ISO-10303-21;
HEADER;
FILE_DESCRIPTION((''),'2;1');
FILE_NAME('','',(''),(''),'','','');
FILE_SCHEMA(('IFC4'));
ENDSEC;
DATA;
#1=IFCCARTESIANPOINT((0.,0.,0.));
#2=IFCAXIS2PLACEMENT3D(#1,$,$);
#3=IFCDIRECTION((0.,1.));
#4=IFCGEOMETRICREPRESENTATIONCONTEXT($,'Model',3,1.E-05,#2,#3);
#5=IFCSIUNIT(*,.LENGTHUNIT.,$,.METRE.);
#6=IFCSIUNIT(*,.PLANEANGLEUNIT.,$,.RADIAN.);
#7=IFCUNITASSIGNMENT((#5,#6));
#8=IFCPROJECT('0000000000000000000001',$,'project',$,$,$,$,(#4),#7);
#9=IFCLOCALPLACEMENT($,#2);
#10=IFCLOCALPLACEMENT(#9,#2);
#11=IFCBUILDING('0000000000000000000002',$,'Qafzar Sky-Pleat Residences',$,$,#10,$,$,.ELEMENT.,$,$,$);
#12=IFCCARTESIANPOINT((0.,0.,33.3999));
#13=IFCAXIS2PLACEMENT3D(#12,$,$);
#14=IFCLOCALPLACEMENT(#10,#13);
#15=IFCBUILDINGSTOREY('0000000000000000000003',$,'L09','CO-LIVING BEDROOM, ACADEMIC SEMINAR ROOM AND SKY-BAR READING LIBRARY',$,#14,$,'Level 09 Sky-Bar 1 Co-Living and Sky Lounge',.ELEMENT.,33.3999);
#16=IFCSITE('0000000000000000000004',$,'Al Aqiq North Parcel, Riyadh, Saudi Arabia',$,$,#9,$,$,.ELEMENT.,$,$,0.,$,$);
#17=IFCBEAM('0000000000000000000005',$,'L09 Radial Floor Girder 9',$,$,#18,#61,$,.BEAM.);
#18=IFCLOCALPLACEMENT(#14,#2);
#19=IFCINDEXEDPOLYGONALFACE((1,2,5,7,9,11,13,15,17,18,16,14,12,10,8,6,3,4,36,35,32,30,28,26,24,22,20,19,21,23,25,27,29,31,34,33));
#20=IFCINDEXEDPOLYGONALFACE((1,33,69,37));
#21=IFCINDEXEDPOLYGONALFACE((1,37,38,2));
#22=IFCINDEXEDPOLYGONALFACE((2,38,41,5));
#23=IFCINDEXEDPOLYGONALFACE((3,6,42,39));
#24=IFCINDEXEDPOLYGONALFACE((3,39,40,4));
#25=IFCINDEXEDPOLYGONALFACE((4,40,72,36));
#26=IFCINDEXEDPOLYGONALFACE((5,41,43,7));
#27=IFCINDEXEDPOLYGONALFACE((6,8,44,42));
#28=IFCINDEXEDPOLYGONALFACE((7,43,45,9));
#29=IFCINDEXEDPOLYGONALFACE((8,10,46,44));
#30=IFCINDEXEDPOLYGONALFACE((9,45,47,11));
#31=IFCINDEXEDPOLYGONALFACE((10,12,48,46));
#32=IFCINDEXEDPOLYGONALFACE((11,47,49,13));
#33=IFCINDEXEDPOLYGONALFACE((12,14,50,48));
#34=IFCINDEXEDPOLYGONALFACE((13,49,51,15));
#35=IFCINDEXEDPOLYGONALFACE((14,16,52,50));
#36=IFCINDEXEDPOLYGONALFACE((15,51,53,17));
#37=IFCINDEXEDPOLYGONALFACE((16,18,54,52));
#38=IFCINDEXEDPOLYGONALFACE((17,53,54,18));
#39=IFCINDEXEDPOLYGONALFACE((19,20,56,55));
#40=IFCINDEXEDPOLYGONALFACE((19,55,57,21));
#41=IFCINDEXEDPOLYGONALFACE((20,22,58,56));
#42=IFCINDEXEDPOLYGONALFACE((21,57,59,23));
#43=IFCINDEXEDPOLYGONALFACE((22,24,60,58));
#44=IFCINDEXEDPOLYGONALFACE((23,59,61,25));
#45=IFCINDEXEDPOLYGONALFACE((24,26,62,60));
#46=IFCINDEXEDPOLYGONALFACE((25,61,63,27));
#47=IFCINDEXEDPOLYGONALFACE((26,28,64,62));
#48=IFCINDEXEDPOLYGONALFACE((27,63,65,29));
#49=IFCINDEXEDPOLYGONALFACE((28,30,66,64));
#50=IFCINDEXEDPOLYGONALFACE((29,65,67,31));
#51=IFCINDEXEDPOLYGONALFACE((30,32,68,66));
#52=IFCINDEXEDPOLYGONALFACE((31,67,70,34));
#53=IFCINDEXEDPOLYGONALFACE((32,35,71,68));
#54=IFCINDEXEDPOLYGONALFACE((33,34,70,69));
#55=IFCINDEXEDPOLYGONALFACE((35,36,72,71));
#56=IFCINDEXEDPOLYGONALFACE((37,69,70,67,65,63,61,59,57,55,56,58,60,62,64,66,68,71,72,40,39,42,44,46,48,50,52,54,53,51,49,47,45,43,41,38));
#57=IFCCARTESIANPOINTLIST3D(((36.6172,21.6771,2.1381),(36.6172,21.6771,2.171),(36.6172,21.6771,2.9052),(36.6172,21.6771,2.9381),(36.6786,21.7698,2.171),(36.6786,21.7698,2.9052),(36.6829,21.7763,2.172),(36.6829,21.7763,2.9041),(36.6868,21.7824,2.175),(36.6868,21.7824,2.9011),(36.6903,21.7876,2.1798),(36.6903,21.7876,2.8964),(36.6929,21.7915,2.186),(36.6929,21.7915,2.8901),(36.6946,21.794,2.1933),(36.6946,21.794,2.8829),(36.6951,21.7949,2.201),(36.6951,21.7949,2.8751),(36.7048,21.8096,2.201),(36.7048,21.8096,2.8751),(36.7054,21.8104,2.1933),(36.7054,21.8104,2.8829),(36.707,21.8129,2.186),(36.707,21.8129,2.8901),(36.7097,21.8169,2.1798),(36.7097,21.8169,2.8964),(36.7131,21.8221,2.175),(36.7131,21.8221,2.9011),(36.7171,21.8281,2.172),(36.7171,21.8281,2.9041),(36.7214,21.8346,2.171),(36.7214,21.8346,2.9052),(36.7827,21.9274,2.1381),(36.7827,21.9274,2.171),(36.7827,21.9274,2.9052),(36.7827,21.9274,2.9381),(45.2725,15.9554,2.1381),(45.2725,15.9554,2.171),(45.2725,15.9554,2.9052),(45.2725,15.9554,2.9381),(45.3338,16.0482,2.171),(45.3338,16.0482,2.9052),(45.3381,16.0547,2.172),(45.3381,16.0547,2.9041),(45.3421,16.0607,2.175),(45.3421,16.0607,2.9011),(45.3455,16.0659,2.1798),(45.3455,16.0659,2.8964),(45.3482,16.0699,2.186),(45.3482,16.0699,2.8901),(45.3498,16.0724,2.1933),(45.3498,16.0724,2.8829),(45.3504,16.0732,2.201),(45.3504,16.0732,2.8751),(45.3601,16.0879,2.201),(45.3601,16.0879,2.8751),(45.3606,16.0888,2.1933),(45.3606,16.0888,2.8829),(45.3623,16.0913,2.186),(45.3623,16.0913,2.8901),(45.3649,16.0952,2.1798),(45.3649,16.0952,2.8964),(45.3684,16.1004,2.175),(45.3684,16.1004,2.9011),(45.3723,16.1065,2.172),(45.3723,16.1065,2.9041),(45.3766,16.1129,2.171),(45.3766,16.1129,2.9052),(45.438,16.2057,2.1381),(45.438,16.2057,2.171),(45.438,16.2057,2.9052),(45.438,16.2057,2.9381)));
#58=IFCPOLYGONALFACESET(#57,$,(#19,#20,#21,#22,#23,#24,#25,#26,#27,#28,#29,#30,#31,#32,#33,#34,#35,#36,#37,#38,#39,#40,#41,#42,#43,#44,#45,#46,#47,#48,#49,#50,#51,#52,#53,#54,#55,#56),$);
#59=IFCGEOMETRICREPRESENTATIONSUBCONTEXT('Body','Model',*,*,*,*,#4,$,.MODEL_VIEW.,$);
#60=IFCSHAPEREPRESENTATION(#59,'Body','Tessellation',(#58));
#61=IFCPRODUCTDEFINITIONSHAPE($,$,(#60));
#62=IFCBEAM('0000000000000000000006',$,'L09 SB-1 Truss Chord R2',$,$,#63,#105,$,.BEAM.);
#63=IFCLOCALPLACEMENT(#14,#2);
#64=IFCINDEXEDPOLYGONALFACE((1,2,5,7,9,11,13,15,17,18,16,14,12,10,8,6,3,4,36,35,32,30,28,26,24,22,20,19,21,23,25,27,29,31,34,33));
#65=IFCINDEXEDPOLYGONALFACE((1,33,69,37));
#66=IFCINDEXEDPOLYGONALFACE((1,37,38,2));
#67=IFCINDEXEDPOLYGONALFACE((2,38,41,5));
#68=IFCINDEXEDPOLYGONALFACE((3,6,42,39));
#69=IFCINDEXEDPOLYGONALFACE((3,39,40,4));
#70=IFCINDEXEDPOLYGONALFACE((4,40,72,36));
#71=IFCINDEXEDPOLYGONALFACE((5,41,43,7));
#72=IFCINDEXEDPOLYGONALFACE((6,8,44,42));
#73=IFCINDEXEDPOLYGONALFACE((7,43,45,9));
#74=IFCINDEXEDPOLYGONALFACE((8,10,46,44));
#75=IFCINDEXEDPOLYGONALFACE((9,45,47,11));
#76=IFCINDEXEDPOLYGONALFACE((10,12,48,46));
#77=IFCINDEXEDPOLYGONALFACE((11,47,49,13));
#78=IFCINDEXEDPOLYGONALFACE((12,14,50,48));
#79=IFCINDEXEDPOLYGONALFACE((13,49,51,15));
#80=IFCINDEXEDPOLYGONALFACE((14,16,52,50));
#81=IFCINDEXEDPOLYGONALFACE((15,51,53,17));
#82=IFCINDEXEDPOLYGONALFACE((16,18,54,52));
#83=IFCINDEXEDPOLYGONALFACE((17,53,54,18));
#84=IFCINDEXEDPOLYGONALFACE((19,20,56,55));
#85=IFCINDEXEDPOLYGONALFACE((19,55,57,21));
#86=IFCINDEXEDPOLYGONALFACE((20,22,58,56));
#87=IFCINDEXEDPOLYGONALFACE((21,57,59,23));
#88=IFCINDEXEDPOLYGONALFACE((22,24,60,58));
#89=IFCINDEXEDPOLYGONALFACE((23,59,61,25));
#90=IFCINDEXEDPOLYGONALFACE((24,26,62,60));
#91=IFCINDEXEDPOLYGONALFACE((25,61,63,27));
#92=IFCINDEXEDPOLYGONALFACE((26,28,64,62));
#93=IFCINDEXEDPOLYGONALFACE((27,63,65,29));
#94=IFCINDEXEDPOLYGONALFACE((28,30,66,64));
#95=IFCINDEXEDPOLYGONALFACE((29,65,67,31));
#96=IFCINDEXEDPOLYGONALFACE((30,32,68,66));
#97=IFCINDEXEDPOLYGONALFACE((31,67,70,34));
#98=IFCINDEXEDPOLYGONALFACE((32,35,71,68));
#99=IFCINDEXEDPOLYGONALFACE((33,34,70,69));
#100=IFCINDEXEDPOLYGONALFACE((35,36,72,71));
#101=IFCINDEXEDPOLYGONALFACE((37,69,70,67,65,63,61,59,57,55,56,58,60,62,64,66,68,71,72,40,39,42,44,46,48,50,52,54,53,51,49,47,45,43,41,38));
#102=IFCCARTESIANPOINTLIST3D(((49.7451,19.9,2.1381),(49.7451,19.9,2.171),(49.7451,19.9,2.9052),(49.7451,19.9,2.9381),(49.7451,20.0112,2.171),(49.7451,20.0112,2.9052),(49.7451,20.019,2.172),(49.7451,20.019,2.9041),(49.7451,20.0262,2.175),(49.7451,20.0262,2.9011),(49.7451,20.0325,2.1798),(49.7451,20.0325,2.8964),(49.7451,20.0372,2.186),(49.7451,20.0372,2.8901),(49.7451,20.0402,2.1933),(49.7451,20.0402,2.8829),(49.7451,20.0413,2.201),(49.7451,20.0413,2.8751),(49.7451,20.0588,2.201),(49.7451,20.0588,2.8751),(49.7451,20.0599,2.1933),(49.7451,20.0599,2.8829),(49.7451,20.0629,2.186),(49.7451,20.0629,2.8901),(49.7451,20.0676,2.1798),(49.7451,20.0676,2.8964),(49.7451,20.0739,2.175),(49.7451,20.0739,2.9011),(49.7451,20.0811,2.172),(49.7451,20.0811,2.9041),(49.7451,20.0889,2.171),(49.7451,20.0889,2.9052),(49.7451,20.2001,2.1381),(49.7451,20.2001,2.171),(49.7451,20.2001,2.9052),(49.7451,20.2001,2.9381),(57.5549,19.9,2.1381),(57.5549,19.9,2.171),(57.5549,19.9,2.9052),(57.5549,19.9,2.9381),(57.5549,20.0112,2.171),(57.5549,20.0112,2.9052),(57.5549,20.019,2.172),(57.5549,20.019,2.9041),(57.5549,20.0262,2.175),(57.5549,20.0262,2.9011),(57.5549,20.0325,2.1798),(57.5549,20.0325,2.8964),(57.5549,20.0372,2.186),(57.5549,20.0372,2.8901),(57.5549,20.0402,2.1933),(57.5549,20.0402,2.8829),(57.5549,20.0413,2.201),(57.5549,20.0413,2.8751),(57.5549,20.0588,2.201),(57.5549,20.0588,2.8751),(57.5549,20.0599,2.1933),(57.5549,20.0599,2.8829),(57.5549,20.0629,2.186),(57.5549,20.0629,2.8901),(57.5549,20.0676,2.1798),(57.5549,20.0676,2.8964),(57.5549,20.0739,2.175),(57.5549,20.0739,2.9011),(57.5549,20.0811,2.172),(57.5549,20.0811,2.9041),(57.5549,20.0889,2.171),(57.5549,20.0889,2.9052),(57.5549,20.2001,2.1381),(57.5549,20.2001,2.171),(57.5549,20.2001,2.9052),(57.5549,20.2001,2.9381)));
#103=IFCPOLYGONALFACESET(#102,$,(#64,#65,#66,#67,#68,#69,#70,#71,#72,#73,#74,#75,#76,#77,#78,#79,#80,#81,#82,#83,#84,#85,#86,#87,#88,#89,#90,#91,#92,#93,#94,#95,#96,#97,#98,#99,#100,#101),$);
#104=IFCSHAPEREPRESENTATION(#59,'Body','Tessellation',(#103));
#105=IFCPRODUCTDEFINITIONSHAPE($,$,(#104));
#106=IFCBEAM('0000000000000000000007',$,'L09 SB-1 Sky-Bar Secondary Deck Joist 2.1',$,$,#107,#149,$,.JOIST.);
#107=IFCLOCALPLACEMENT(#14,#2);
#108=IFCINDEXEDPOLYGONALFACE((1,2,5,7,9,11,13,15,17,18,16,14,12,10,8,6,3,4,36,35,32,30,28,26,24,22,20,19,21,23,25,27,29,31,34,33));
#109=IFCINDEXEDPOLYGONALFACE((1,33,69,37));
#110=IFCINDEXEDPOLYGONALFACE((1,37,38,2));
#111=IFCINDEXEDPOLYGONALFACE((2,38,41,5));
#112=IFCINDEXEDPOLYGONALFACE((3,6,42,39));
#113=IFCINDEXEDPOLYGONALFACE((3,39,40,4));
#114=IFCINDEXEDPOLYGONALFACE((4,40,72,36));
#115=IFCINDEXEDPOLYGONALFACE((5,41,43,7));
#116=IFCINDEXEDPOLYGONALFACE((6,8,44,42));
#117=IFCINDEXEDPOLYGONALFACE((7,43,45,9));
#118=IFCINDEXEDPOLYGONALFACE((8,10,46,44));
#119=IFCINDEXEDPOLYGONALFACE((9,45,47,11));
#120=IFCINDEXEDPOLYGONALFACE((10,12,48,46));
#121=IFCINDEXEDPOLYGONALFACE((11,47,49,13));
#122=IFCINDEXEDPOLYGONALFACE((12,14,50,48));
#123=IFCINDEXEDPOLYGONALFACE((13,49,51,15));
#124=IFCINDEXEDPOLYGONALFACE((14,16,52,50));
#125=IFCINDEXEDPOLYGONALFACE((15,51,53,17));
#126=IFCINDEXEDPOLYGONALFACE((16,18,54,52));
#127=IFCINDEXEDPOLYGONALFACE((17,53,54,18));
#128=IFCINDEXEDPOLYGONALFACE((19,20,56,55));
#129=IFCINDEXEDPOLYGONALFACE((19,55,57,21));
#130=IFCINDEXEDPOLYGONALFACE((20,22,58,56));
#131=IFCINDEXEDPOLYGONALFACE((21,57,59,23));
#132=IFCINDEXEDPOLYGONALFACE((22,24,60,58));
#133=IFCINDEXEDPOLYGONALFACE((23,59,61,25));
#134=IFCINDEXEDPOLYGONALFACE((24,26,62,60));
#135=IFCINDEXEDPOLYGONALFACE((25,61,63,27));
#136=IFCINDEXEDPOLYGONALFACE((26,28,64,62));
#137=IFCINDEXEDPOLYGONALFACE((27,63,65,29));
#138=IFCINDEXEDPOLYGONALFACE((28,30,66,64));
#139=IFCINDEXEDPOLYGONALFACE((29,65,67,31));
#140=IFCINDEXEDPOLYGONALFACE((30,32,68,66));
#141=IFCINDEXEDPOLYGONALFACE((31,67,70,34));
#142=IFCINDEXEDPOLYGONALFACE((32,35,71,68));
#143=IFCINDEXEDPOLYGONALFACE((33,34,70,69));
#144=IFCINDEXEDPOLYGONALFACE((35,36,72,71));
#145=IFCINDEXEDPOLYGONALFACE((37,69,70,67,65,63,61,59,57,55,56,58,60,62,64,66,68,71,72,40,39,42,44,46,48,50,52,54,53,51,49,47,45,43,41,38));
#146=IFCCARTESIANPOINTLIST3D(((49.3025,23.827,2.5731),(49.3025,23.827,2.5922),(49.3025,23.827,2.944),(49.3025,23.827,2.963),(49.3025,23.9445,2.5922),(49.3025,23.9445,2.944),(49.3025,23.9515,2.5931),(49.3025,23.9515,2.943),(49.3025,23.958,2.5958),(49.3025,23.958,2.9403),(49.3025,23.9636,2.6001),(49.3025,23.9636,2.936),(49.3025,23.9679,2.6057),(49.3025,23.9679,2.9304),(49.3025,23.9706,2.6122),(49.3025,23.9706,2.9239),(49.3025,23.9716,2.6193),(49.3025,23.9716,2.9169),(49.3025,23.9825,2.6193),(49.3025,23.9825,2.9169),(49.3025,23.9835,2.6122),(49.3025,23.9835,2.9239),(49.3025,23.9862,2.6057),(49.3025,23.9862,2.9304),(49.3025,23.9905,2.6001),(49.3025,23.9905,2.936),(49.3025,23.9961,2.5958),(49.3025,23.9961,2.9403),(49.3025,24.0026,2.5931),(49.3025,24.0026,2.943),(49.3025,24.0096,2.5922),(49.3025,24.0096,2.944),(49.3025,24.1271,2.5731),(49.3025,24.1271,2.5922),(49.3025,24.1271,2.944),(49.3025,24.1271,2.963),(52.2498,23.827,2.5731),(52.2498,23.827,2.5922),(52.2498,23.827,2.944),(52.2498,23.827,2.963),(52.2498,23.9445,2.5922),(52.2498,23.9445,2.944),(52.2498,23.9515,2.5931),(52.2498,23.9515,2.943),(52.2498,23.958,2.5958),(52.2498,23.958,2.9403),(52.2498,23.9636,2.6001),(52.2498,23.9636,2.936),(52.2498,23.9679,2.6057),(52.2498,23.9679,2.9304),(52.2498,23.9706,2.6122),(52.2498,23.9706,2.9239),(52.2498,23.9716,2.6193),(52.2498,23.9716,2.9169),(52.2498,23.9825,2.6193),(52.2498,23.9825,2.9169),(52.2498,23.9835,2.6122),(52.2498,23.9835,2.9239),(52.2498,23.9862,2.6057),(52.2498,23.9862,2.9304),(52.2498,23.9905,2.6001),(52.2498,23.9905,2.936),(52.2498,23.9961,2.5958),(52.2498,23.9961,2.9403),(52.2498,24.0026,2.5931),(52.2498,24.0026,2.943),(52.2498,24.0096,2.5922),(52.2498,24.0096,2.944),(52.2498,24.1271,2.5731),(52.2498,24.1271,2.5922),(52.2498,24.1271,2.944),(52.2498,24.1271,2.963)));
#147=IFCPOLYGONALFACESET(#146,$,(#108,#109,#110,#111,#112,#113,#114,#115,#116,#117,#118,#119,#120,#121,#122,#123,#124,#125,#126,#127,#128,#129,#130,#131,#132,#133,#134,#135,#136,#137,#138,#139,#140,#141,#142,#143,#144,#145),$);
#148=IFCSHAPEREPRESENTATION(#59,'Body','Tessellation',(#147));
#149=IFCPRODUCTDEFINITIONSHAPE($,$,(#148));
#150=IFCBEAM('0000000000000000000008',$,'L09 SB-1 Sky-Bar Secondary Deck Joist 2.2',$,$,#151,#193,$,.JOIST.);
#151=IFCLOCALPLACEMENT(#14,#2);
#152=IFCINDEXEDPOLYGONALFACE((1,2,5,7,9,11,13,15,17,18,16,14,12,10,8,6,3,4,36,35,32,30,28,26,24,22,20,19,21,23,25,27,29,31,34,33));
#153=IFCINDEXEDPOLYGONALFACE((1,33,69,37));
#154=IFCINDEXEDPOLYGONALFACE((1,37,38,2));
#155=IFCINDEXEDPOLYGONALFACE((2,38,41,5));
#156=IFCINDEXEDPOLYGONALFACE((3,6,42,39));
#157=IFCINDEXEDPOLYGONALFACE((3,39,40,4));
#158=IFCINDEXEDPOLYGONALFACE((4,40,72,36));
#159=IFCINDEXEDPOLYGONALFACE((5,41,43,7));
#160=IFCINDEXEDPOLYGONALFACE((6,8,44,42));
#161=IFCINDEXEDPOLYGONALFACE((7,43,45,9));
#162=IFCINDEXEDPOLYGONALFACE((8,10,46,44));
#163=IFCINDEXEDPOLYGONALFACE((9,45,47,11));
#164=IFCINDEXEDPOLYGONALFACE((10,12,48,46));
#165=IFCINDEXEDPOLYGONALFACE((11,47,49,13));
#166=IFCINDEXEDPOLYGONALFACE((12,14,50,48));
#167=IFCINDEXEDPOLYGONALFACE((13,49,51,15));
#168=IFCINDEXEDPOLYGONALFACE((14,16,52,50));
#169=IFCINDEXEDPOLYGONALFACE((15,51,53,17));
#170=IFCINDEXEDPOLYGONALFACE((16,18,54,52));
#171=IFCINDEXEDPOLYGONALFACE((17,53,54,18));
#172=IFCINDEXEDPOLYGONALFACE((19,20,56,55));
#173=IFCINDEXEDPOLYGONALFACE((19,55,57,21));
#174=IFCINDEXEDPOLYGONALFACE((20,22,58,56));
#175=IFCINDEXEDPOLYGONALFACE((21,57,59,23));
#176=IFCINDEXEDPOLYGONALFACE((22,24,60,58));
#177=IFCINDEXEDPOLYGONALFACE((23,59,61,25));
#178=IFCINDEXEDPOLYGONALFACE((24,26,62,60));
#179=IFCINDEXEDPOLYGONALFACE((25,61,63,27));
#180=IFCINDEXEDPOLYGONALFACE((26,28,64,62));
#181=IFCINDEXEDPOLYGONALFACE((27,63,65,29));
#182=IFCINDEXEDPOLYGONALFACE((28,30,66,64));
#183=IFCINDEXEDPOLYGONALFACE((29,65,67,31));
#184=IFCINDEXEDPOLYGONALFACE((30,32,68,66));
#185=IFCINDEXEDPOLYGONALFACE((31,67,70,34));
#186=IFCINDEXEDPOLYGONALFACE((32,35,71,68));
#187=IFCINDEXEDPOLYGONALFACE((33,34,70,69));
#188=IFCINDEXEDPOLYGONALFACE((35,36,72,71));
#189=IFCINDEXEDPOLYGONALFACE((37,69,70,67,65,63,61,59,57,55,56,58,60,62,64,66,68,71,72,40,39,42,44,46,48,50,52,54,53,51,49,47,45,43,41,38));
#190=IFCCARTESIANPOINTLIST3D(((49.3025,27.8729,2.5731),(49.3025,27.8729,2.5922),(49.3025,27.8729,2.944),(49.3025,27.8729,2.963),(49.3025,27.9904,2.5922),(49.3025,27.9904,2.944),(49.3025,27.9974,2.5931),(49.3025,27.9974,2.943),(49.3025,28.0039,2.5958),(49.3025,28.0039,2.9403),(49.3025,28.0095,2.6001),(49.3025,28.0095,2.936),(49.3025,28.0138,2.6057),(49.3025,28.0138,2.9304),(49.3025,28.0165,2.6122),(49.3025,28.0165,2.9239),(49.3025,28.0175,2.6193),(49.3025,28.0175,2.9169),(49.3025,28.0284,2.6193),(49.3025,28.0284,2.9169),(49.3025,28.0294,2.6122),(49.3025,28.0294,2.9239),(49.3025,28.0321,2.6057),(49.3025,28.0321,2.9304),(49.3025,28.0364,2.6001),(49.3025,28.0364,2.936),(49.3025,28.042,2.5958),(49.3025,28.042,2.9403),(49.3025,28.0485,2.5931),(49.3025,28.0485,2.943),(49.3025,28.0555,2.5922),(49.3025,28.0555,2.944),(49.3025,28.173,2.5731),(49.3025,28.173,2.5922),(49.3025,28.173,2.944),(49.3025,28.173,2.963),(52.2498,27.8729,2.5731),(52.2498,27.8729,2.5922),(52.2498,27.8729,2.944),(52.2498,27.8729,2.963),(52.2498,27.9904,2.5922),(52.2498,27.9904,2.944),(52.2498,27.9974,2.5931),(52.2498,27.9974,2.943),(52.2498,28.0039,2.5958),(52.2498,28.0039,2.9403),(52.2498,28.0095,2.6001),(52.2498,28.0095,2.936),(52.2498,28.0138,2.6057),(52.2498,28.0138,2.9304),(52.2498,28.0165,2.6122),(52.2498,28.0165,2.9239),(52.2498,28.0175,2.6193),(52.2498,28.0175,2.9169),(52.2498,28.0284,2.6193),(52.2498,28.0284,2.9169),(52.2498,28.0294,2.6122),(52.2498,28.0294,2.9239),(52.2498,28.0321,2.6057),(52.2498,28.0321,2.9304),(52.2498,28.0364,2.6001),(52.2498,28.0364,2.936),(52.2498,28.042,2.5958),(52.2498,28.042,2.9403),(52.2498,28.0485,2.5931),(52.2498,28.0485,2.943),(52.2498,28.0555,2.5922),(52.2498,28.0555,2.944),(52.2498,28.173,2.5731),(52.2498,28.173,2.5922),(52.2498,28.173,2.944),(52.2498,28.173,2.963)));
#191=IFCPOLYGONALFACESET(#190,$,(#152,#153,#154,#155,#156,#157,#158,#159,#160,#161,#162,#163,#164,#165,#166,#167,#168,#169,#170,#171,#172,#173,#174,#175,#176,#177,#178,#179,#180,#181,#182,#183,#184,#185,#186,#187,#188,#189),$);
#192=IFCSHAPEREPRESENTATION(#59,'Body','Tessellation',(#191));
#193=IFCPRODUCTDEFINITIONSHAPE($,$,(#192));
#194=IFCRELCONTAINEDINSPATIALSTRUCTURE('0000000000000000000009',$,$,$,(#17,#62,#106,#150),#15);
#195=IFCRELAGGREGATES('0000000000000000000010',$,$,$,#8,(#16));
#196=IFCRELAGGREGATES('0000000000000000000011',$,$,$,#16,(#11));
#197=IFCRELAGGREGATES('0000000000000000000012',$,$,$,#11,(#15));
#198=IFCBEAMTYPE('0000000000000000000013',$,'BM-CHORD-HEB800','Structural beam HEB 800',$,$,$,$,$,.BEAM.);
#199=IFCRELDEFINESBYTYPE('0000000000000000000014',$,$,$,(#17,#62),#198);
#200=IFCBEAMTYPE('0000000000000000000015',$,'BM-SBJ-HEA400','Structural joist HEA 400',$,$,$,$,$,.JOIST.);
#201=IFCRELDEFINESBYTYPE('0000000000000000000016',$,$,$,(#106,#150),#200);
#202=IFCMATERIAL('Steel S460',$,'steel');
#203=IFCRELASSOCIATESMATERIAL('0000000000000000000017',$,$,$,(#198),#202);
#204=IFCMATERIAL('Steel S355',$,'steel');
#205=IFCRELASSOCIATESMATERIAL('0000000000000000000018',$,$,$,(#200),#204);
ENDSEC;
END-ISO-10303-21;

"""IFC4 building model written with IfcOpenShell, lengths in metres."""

from ifc_helpers import new_model, si_unit, direction, frame, origin, origin_2d, place, context, subcontext, project, spatial, i_section, extrude, source, transform, mapped, material, material_profile, profile_set, type_object, element, save


model = new_model("IFC4")

# Units and contexts
model_context = context("Model", 3, precision=1e-05, world=origin(), true_north=direction((0.0, 1.0)))
body_context = subcontext(model_context, "Body", "Model", "MODEL_VIEW")
ifc_project = project(units=[si_unit("LENGTHUNIT", "METRE"), si_unit("PLANEANGLEUNIT", "RADIAN")], contexts=[model_context])

# Site, building, storey
site_placement = place(None, origin())
site = spatial("IfcSite", under=ifc_project, at=site_placement, Name="Al Aqiq North Parcel, Riyadh, Saudi Arabia", CompositionType="ELEMENT", RefElevation=0.0)
building_placement = place(site_placement, origin())
building = spatial("IfcBuilding", under=site, at=building_placement, Name="Qafzar Sky-Pleat Residences", CompositionType="ELEMENT")
storey_placement = place(building_placement, frame((0.0, 0.0, 33.3999)))
storey = spatial("IfcBuildingStorey", under=building, at=storey_placement, Name="L09", Description="CO-LIVING BEDROOM, ACADEMIC SEMINAR ROOM AND SKY-BAR READING LIBRARY", LongName="Level 09 Sky-Bar 1 Co-Living and Sky Lounge", CompositionType="ELEMENT", Elevation=33.3999)

# Shared definitions
ifc_material_1 = material(Name="Steel S460", Category="steel")

# Beams
ifc_material_2 = material(Name="Steel S355", Category="steel")
ifc_material_profile_1 = material_profile(ifc_material_1, i_section(OverallWidth=0.3, OverallDepth=0.8, WebThickness=0.0176, FlangeThickness=0.033, FilletRadius=0.03, at=origin_2d()), Name="HEB 800")
ifc_profile_set_1 = profile_set([ifc_material_profile_1], Name="Steel S460")
beam_type_1 = type_object("IfcBeamType", Name="BM-CHORD-HEB800", Description="Structural beam HEB 800", PredefinedType="BEAM", material=ifc_profile_set_1)
shared_shape_1 = source(origin(), body_context, "Body", "SweptSolid", [
    extrude(i_section(OverallWidth=0.3, OverallDepth=0.8, WebThickness=0.0176, FlangeThickness=0.033, FilletRadius=0.03, at=origin_2d()), origin(), (0.0, 0.0, 1.0), 10.3755),
])
beam_1_placement = place(storey_placement, frame((45.3552, 16.0806, 2.5381), z_axis=(-0.834202, 0.55146, 0.0), x_axis=(-0.55146, -0.834202, 0.0)))
element("IfcBeam", 1, at=beam_1_placement, inside=storey, type_object=beam_type_1, Name="L09 Radial Floor Girder 9", PredefinedType="BEAM", context=body_context, shape_type="MappedRepresentation", body=[
    mapped(shared_shape_1, transform((0.0, 0.0, 0.0), x_axis=(1.0, 0.0, 0.0), y_axis=(0.0, 1.0, 0.0), z_axis=(0.0, 0.0, 1.0), scale=1.0)),
])
shared_shape_2 = source(origin(), body_context, "Body", "SweptSolid", [
    extrude(i_section(OverallWidth=0.3, OverallDepth=0.8, WebThickness=0.0176, FlangeThickness=0.033, FilletRadius=0.03, at=origin_2d()), origin(), (0.0, 0.0, 1.0), 7.8098),
])
beam_2_placement = place(storey_placement, frame((49.7451, 20.05, 2.5381), z_axis=(1.0, 0.0, 0.0), x_axis=(0.0, 1.0, 0.0)))
element("IfcBeam", 2, at=beam_2_placement, inside=storey, type_object=beam_type_1, Name="L09 SB-1 Truss Chord R2", PredefinedType="BEAM", context=body_context, shape_type="MappedRepresentation", body=[
    mapped(shared_shape_2, transform((0.0, 0.0, 0.0), x_axis=(1.0, 0.0, 0.0), y_axis=(0.0, 1.0, 0.0), z_axis=(0.0, 0.0, 1.0), scale=1.0)),
])
ifc_material_profile_2 = material_profile(ifc_material_2, i_section(OverallWidth=0.3, OverallDepth=0.3899, WebThickness=0.011, FlangeThickness=0.019, FilletRadius=0.0271, at=origin_2d()), Name="HEA 400")
ifc_profile_set_2 = profile_set([ifc_material_profile_2], Name="Steel S355")
beam_type_2 = type_object("IfcBeamType", Name="BM-SBJ-HEA400", Description="Structural joist HEA 400", PredefinedType="JOIST", material=ifc_profile_set_2)
shared_shape_3 = source(origin(), body_context, "Body", "SweptSolid", [
    extrude(i_section(OverallWidth=0.3, OverallDepth=0.3899, WebThickness=0.011, FlangeThickness=0.019, FilletRadius=0.0271, at=origin_2d()), origin(), (0.0, 0.0, 1.0), 2.9473),
])
for number, where, z_axis, x_axis, name in (
    (3, (49.3025, 23.9771, 2.7681), (1.0, 0.0, 0.0), (0.0, 1.0, 0.0), "L09 SB-1 Sky-Bar Secondary Deck Joist 2.1"),
    (4, (49.3025, 28.0229, 2.7681), (1.0, 0.0, 0.0), (0.0, 1.0, 0.0), "L09 SB-1 Sky-Bar Secondary Deck Joist 2.2"),
):
    element("IfcBeam", number, at=place(storey_placement, frame(where, z_axis=z_axis, x_axis=x_axis)), inside=storey, type_object=beam_type_2, Name=name, PredefinedType="JOIST", context=body_context, shape_type="MappedRepresentation", body=[
        mapped(shared_shape_3, transform((0.0, 0.0, 0.0), x_axis=(1.0, 0.0, 0.0), y_axis=(0.0, 1.0, 0.0), z_axis=(0.0, 0.0, 1.0), scale=1.0)),
    ])

save(model, "model.ifc")
